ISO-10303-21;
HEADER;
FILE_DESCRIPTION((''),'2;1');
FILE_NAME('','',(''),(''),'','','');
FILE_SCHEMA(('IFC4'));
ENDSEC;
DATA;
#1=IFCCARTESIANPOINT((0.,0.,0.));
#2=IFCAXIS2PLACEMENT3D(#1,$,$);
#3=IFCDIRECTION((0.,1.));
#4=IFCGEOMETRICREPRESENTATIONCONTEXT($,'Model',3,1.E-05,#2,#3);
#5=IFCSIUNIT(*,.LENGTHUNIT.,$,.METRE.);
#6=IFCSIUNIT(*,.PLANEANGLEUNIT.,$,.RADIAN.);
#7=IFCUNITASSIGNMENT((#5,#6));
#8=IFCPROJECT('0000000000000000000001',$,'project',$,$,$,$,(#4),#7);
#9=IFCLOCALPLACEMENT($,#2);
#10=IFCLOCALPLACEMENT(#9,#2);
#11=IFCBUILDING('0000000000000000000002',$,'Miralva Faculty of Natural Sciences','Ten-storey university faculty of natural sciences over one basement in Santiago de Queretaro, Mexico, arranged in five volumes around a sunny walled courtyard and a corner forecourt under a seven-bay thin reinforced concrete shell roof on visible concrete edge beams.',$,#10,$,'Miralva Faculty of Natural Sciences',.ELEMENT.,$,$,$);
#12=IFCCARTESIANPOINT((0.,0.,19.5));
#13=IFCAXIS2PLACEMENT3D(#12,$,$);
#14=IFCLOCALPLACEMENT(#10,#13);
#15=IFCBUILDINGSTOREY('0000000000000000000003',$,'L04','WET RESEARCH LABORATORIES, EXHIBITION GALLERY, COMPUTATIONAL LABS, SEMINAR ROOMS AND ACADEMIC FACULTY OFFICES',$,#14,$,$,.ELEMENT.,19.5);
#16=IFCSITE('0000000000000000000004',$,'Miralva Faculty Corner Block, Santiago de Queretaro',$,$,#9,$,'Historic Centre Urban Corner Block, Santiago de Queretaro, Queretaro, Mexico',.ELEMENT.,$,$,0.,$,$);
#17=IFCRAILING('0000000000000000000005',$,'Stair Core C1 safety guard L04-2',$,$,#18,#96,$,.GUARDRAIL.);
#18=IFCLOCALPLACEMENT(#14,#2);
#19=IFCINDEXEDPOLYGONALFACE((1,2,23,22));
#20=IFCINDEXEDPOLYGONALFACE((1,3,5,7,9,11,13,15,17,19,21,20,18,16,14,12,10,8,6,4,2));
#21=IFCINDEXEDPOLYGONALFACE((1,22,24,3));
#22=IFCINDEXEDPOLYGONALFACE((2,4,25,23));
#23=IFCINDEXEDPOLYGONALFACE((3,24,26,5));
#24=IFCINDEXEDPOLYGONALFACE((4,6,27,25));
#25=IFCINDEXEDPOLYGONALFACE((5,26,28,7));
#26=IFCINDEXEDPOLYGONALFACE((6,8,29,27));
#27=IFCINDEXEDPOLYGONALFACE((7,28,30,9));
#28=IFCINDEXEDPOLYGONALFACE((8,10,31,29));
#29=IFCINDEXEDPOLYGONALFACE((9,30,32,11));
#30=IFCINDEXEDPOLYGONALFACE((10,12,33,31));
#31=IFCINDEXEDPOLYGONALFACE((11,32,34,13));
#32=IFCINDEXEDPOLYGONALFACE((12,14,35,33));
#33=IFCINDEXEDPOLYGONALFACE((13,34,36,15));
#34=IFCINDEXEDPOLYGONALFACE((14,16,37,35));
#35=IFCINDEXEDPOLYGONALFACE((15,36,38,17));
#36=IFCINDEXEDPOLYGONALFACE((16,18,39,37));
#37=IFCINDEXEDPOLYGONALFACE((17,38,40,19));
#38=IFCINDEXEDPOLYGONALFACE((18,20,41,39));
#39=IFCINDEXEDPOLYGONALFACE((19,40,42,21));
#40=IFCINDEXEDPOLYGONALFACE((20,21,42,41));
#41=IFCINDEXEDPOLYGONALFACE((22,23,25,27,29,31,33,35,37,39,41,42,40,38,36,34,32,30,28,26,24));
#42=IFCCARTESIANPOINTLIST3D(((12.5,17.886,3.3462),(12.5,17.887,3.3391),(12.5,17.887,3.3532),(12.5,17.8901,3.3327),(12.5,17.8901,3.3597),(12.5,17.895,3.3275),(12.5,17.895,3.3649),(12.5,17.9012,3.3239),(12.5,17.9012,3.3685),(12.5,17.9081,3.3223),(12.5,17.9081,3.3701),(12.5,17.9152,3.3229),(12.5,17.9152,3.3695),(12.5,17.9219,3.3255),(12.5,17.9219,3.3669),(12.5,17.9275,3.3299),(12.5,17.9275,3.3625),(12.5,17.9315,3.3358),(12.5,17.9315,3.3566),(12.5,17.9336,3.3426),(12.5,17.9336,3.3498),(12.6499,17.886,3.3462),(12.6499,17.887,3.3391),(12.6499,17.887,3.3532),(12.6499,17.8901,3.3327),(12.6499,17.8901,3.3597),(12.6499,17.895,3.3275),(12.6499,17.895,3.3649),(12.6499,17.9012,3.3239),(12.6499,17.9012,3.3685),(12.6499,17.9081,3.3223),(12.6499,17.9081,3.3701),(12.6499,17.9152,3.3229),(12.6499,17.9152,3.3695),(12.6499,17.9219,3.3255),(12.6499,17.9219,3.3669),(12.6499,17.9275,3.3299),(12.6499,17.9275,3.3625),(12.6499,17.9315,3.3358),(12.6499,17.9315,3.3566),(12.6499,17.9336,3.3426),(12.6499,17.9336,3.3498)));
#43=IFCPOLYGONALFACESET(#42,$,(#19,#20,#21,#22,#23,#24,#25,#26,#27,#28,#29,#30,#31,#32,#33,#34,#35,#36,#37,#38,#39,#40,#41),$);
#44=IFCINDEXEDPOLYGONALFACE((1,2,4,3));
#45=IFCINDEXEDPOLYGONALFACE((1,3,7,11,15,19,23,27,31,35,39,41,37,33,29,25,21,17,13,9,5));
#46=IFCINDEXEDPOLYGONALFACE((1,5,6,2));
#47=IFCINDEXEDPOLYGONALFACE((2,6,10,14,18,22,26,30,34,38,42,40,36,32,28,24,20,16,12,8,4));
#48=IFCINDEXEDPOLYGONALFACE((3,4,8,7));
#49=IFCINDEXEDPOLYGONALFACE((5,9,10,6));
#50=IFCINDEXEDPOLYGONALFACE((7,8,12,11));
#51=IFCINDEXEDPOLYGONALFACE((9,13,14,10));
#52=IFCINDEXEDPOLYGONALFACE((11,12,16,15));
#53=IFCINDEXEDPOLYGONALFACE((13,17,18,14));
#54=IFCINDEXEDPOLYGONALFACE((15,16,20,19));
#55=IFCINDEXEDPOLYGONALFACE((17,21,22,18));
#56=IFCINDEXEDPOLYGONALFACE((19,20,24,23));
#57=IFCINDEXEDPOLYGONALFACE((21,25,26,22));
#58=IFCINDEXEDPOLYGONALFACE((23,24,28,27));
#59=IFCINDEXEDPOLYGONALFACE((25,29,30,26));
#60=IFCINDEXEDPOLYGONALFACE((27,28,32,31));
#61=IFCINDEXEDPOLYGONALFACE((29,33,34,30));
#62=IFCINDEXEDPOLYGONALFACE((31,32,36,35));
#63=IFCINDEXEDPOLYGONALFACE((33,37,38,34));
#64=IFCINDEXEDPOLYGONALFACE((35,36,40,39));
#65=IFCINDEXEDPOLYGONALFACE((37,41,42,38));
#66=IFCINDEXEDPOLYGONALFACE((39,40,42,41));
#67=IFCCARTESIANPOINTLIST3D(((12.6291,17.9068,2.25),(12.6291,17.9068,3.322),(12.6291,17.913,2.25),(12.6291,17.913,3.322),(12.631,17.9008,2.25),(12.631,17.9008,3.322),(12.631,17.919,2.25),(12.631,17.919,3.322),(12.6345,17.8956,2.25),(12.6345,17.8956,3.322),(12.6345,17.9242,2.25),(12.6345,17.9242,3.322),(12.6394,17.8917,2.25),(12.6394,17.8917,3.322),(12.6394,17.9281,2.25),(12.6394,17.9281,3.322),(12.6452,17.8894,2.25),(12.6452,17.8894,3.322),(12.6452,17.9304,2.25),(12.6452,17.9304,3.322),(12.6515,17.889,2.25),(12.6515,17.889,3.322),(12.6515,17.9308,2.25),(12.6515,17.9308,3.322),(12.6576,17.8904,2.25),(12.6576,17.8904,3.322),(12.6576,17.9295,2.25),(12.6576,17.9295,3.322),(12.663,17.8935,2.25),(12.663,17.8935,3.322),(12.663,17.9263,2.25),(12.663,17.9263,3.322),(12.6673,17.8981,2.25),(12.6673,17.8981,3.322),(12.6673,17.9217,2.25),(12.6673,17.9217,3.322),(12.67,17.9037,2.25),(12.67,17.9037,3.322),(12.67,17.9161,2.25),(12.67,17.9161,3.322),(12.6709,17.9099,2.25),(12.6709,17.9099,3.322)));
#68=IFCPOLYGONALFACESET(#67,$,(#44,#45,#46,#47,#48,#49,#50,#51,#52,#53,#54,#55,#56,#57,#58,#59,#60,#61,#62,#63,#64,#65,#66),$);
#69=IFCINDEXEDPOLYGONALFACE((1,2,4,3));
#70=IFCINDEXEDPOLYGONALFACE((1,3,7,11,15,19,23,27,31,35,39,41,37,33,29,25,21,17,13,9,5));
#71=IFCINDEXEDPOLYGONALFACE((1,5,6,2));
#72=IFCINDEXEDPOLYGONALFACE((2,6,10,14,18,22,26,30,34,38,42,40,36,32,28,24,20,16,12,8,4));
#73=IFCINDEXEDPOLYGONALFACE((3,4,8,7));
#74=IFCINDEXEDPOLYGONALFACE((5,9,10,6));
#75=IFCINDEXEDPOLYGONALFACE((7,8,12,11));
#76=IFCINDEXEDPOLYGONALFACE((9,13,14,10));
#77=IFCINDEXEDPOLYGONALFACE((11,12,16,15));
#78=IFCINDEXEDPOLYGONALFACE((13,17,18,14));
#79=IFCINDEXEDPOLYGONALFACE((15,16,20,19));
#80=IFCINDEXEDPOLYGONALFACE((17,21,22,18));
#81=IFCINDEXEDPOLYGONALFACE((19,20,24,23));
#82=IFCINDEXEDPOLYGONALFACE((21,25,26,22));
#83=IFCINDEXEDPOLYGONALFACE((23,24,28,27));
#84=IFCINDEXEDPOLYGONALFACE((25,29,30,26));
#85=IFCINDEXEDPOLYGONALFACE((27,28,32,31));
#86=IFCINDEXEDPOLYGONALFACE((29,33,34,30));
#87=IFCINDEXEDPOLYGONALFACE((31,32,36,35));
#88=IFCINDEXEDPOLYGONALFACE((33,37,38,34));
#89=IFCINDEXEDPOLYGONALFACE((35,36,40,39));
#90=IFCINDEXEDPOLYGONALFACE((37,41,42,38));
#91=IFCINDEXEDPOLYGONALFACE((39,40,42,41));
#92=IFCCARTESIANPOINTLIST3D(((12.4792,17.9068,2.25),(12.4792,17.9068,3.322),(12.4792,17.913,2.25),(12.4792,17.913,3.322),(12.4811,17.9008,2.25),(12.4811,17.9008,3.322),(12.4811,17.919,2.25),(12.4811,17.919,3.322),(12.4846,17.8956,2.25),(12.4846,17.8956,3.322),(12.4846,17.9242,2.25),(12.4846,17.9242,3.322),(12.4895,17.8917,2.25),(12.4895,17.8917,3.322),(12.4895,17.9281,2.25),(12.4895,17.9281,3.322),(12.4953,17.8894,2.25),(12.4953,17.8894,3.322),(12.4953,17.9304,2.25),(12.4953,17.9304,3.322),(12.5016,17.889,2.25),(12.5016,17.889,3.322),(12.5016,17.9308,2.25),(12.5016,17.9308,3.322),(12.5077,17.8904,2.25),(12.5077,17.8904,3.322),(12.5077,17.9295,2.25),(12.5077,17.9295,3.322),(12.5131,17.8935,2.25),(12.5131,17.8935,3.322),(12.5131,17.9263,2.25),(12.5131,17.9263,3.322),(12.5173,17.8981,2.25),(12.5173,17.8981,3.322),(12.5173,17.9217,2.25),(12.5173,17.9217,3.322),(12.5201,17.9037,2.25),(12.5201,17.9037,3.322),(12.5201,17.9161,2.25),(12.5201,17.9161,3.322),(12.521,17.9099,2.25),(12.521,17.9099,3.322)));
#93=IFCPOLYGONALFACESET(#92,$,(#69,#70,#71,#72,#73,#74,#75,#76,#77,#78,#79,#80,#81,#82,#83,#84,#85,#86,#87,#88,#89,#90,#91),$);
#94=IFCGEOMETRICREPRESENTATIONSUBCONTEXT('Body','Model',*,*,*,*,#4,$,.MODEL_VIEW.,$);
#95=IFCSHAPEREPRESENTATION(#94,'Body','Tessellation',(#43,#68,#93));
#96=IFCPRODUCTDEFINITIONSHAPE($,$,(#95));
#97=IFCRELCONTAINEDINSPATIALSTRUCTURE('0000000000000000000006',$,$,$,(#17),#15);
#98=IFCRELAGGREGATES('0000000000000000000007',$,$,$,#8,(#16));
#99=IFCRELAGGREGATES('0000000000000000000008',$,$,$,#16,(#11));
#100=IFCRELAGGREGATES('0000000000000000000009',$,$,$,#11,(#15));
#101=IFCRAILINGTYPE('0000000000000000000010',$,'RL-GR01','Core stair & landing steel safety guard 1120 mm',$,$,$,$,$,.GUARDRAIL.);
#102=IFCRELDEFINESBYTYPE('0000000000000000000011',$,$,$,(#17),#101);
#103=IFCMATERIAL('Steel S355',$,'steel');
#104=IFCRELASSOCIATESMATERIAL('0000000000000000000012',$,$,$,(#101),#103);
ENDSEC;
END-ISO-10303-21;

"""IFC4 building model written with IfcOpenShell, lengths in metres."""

from ifc_helpers import new_model, si_unit, direction, frame, origin, origin_2d, place, context, subcontext, project, spatial, circle, extrude, material, type_object, element, save


model = new_model("IFC4")

# Units and contexts
model_context = context("Model", 3, precision=1e-05, world=origin(), true_north=direction((0.0, 1.0)))
body_context = subcontext(model_context, "Body", "Model", "MODEL_VIEW")
ifc_project = project(units=[si_unit("LENGTHUNIT", "METRE"), si_unit("PLANEANGLEUNIT", "RADIAN")], contexts=[model_context])

# Site, building, storey
site_placement = place(None, origin())
site = spatial("IfcSite", under=ifc_project, at=site_placement, Name="Miralva Faculty Corner Block, Santiago de Queretaro", LongName="Historic Centre Urban Corner Block, Santiago de Queretaro, Queretaro, Mexico", CompositionType="ELEMENT", RefElevation=0.0)
building_placement = place(site_placement, origin())
building = spatial("IfcBuilding", under=site, at=building_placement, Name="Miralva Faculty of Natural Sciences", Description="Ten-storey university faculty of natural sciences over one basement in Santiago de Queretaro, Mexico, arranged in five volumes around a sunny walled courtyard and a corner forecourt under a seven-bay thin reinforced concrete shell roof on visible concrete edge beams.", LongName="Miralva Faculty of Natural Sciences", CompositionType="ELEMENT")
storey_placement = place(building_placement, frame((0.0, 0.0, 19.5)))
storey = spatial("IfcBuildingStorey", under=building, at=storey_placement, Name="L04", Description="WET RESEARCH LABORATORIES, EXHIBITION GALLERY, COMPUTATIONAL LABS, SEMINAR ROOMS AND ACADEMIC FACULTY OFFICES", CompositionType="ELEMENT", Elevation=19.5)

# Railing
ifc_material_1 = material(Name="Steel S355", Category="steel")
railing_type_1 = type_object("IfcRailingType", Name="RL-GR01", Description="Core stair & landing steel safety guard 1120 mm", PredefinedType="GUARDRAIL", material=ifc_material_1)
railing_1_placement = place(storey_placement, frame((12.6499, 17.9099, 2.25)))
element("IfcRailing", 1, at=railing_1_placement, inside=storey, type_object=railing_type_1, Name="Stair Core C1 safety guard L04-2", PredefinedType="GUARDRAIL", context=body_context, shape_type="SweptSolid", body=[
    extrude(circle(Radius=0.0239, at=origin_2d()), frame((0.0, 0.0, 1.0962), z_axis=(-1.0, 0.0, 0.0), x_axis=(0.0, -1.0, 0.0)), (0.0, 0.0, 1.0), 0.1499),
    extrude(circle(Radius=0.021, at=origin_2d()), origin(), (0.0, 0.0, 1.0), 1.072),
    extrude(circle(Radius=0.021, at=origin_2d()), frame((-0.1499, 0.0, 0.0)), (0.0, 0.0, 1.0), 1.072),
])

save(model, "model.ifc")
